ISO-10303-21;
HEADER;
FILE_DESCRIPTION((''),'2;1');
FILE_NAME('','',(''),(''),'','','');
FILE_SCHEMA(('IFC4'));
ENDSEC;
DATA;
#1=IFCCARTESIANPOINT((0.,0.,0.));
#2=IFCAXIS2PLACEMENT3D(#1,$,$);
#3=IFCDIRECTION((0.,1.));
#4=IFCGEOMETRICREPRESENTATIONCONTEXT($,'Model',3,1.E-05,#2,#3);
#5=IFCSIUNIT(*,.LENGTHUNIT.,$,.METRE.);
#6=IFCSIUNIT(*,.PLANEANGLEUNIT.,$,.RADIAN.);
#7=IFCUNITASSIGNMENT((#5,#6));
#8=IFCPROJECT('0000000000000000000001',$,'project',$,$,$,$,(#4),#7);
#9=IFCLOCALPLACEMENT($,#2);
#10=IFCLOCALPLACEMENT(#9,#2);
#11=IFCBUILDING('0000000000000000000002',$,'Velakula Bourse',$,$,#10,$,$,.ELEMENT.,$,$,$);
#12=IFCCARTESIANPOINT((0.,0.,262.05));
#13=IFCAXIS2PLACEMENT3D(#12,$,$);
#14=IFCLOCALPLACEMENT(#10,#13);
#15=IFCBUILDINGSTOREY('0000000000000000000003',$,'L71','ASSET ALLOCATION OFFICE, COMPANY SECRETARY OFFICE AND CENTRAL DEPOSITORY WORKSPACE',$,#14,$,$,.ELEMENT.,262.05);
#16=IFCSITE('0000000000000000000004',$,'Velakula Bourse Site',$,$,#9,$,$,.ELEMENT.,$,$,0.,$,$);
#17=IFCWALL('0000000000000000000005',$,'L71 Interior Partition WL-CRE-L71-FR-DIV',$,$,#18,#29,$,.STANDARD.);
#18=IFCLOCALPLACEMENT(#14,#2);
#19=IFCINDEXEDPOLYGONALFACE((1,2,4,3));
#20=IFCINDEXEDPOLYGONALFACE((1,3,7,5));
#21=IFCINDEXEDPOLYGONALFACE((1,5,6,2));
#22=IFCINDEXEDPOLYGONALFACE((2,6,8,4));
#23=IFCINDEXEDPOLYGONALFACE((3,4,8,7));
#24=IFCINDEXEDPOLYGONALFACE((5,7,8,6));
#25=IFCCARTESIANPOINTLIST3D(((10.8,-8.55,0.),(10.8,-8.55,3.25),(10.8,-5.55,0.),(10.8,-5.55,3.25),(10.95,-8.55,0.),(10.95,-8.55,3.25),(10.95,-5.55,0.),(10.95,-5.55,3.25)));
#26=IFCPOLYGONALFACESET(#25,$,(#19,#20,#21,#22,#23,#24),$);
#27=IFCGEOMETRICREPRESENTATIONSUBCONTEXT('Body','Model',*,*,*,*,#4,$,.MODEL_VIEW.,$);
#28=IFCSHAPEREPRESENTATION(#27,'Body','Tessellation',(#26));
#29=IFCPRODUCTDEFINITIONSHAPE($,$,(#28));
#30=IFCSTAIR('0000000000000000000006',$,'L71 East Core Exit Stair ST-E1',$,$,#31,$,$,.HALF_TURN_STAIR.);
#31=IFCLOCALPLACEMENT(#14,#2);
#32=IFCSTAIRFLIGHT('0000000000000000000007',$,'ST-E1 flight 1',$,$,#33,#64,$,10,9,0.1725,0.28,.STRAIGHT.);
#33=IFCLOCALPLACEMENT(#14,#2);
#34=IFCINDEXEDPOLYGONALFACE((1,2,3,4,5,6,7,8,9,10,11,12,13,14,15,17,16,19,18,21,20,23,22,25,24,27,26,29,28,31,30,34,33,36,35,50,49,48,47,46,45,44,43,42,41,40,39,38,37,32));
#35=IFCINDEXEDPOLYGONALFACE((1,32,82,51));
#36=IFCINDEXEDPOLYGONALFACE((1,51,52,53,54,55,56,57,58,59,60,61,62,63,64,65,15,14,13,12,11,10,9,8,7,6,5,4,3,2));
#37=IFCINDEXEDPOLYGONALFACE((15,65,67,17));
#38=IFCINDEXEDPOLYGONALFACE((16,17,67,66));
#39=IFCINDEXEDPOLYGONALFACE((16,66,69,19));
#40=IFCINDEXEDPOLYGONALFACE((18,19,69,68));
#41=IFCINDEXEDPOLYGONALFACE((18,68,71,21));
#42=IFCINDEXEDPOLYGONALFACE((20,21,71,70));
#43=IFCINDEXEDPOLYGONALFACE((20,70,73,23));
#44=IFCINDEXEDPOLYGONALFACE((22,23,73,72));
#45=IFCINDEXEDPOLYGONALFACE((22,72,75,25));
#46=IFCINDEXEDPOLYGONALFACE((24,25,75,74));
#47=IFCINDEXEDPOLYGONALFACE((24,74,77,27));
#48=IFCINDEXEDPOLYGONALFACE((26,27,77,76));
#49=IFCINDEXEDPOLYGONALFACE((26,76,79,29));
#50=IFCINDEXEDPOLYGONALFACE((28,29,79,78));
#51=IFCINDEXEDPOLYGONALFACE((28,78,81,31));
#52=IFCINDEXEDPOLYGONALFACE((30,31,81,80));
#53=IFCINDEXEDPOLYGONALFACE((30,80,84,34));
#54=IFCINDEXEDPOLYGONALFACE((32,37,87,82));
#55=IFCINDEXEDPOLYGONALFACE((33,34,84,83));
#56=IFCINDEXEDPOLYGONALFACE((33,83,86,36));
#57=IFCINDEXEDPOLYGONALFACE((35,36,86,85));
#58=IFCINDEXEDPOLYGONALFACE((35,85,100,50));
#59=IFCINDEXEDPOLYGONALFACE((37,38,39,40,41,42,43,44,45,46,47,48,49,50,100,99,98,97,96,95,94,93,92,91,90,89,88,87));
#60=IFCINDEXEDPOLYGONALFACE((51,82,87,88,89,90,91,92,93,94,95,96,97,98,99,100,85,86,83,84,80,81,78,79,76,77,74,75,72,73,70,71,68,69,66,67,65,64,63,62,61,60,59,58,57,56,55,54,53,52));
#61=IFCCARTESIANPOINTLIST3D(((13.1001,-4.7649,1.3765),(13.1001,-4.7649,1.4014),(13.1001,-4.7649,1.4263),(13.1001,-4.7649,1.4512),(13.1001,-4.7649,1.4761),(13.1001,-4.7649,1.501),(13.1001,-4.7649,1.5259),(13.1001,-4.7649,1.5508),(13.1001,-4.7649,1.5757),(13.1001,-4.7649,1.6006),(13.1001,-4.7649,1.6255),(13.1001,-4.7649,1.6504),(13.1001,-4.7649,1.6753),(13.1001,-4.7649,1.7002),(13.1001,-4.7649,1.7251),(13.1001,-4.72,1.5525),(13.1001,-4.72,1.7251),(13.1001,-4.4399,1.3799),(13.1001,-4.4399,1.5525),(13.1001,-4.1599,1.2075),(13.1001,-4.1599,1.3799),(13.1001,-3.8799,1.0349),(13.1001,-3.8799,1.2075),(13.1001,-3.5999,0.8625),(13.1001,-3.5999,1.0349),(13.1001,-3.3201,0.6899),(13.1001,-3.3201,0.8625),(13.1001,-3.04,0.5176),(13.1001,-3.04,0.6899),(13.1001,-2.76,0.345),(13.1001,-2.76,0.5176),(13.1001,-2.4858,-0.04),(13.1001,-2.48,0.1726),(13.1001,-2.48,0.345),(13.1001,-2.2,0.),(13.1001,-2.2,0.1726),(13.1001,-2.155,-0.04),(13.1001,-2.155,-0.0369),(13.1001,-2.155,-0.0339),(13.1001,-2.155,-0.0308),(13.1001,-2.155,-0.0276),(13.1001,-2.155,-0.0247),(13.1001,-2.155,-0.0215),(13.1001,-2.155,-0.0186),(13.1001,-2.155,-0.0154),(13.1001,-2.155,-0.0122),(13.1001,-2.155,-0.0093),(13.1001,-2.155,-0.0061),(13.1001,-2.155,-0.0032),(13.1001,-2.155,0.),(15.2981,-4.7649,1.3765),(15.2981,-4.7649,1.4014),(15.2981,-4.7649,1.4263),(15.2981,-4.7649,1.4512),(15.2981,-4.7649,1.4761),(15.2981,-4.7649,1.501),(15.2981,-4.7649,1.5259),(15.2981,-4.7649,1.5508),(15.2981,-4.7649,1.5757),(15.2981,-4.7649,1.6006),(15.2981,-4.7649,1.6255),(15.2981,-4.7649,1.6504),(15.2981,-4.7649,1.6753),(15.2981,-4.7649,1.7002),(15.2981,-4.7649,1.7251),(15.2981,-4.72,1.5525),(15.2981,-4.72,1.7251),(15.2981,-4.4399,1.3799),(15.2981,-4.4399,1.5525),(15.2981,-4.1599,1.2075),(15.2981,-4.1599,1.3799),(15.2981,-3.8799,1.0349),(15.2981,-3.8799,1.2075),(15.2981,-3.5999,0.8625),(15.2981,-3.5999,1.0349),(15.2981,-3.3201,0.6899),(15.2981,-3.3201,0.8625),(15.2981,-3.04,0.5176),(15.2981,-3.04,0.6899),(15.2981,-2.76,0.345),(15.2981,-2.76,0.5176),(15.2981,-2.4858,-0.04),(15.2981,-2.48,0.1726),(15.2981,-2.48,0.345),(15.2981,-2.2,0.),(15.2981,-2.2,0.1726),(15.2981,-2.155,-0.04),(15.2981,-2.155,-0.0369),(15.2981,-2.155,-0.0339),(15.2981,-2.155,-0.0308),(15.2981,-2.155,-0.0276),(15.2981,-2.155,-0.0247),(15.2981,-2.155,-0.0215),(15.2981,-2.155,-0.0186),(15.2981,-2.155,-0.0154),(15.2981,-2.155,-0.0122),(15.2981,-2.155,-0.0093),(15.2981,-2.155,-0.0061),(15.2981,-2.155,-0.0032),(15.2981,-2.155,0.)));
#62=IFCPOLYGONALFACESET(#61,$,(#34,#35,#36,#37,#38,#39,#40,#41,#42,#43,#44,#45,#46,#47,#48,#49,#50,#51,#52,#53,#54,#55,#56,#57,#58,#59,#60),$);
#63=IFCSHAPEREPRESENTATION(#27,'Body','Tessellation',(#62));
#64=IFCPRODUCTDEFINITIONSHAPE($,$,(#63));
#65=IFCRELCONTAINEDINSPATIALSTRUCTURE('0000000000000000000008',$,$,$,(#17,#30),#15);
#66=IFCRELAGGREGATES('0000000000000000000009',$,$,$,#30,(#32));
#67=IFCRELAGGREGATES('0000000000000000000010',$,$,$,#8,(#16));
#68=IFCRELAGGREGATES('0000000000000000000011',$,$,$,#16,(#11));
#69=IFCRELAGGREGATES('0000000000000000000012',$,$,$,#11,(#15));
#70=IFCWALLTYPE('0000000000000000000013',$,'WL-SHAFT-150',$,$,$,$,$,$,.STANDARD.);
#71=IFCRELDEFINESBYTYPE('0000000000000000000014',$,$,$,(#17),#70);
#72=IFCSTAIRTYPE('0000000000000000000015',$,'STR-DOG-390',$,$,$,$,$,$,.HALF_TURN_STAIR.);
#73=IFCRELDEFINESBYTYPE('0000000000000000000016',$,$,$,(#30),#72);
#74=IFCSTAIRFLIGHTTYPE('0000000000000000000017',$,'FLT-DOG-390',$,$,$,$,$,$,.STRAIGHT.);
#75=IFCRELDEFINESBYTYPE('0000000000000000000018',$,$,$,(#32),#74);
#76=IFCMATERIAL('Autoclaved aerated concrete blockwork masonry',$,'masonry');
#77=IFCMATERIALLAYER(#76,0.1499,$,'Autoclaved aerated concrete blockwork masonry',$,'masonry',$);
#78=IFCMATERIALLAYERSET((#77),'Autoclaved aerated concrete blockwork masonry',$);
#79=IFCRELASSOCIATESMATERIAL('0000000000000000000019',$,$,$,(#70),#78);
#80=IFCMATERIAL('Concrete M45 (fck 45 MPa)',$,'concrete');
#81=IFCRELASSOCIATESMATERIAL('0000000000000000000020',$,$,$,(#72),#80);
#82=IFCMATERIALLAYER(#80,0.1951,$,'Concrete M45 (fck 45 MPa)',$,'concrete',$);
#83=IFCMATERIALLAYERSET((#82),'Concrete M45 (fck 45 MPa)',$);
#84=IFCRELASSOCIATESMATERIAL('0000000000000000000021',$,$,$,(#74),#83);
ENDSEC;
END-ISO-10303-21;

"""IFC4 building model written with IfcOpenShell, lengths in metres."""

from ifc_helpers import new_model, si_unit, direction, frame, frame_2d, origin, place, context, subcontext, project, spatial, polyline, rectangle, outline, extrude, material, layer, layer_set, type_object, element, aggregate, save


model = new_model("IFC4")

# Units and contexts
model_context = context("Model", 3, precision=1e-05, world=origin(), true_north=direction((0.0, 1.0)))
body_context = subcontext(model_context, "Body", "Model", "MODEL_VIEW")
ifc_project = project(units=[si_unit("LENGTHUNIT", "METRE"), si_unit("PLANEANGLEUNIT", "RADIAN")], contexts=[model_context])

# Site, building, storey
site_placement = place(None, origin())
site = spatial("IfcSite", under=ifc_project, at=site_placement, Name="Velakula Bourse Site", CompositionType="ELEMENT", RefElevation=0.0)
building_placement = place(site_placement, origin())
building = spatial("IfcBuilding", under=site, at=building_placement, Name="Velakula Bourse", CompositionType="ELEMENT")
storey_placement = place(building_placement, frame((0.0, 0.0, 262.05)))
storey = spatial("IfcBuildingStorey", under=building, at=storey_placement, Name="L71", Description="ASSET ALLOCATION OFFICE, COMPANY SECRETARY OFFICE AND CENTRAL DEPOSITORY WORKSPACE", CompositionType="ELEMENT", Elevation=262.05)

# Shared definitions
ifc_material_1 = material(Name="Autoclaved aerated concrete blockwork masonry", Category="masonry")
ifc_layer_1 = layer(ifc_material_1, 0.1499, Name="Autoclaved aerated concrete blockwork masonry", Category="masonry")
ifc_layer_set_1 = layer_set([ifc_layer_1], Name="Autoclaved aerated concrete blockwork masonry")
wall_type_1 = type_object("IfcWallType", Name="WL-SHAFT-150", PredefinedType="STANDARD", material=ifc_layer_set_1)

# Wall
wall_1_placement = place(storey_placement, frame((10.875, -8.55, 0.0), z_axis=(0.0, 0.0, 1.0), x_axis=(0.0, 1.0, 0.0)))
element("IfcWall", 1, at=wall_1_placement, inside=storey, type_object=wall_type_1, Name="L71 Interior Partition WL-CRE-L71-FR-DIV", PredefinedType="STANDARD", context=body_context, shape_type="SweptSolid", body=[
    extrude(rectangle(XDim=3.0, YDim=0.1499, at=frame_2d((1.5, 0.0))), origin(), (0.0, 0.0, 1.0), 3.25),
])

# Stair, stair flight
ifc_material_2 = material(Name="Concrete M45 (fck 45 MPa)", Category="concrete")
stair_type = type_object("IfcStairType", Name="STR-DOG-390", PredefinedType="HALF_TURN_STAIR", material=ifc_material_2)
stair_placement = place(storey_placement, origin())
stair = element("IfcStair", 2, at=stair_placement, inside=storey, type_object=stair_type, Name="L71 East Core Exit Stair ST-E1", PredefinedType="HALF_TURN_STAIR")
ifc_layer_2 = layer(ifc_material_2, 0.1951, Name="Concrete M45 (fck 45 MPa)", Category="concrete")
ifc_layer_set_2 = layer_set([ifc_layer_2], Name="Concrete M45 (fck 45 MPa)")
stair_flight_type = type_object("IfcStairFlightType", Name="FLT-DOG-390", PredefinedType="STRAIGHT", material=ifc_layer_set_2)
stair_flight_placement = place(storey_placement, frame((14.199, -2.2, 0.0), z_axis=(0.0, 0.0, 1.0), x_axis=(0.0, -1.0, 0.0)))
stair_flight = element("IfcStairFlight", 3, at=stair_flight_placement, type_object=stair_flight_type, Name="ST-E1 flight 1", NumberOfRisers=10, NumberOfTreads=9, PredefinedType="STRAIGHT", RiserHeight=0.1725, TreadLength=0.28, context=body_context, shape_type="SweptSolid", body=[
    extrude(outline(polyline([(-0.0449, -0.04), (-0.0449, -0.0369), (-0.0449, -0.0339), (-0.0449, -0.0308), (-0.0449, -0.0276), (-0.0449, -0.0247), (-0.0449, -0.0215), (-0.0449, -0.0186), (-0.0449, -0.0154), (-0.0449, -0.0122), (-0.0449, -0.0093), (-0.0449, -0.0061), (-0.0449, -0.0032), (-0.0449, 0.0), (0.0, 0.0), (0.0, 0.1726), (0.28, 0.1726), (0.28, 0.345), (0.5601, 0.345), (0.5601, 0.5176), (0.8401, 0.5176), (0.8401, 0.6899), (1.1201, 0.6899), (1.1201, 0.8625), (1.3999, 0.8625), (1.3999, 1.0349), (1.6799, 1.0349), (1.6799, 1.2075), (1.96, 1.2075), (1.96, 1.3799), (2.24, 1.3799), (2.24, 1.5525), (2.52, 1.5525), (2.52, 1.7251), (2.5649, 1.7251), (2.5649, 1.7002), (2.5649, 1.6753), (2.5649, 1.6504), (2.5649, 1.6255), (2.5649, 1.6006), (2.5649, 1.5757), (2.5649, 1.5508), (2.5649, 1.5259), (2.5649, 1.501), (2.5649, 1.4761), (2.5649, 1.4512), (2.5649, 1.4263), (2.5649, 1.4014), (2.5649, 1.3765), (0.2859, -0.04), (-0.0449, -0.04)])), frame((0.0, 1.0991, 0.0), z_axis=(0.0, -1.0, 0.0), x_axis=(1.0, 0.0, 0.0)), (0.0, 0.0, 1.0), 2.198),
])
aggregate(stair, [stair_flight])

save(model, "model.ifc")
